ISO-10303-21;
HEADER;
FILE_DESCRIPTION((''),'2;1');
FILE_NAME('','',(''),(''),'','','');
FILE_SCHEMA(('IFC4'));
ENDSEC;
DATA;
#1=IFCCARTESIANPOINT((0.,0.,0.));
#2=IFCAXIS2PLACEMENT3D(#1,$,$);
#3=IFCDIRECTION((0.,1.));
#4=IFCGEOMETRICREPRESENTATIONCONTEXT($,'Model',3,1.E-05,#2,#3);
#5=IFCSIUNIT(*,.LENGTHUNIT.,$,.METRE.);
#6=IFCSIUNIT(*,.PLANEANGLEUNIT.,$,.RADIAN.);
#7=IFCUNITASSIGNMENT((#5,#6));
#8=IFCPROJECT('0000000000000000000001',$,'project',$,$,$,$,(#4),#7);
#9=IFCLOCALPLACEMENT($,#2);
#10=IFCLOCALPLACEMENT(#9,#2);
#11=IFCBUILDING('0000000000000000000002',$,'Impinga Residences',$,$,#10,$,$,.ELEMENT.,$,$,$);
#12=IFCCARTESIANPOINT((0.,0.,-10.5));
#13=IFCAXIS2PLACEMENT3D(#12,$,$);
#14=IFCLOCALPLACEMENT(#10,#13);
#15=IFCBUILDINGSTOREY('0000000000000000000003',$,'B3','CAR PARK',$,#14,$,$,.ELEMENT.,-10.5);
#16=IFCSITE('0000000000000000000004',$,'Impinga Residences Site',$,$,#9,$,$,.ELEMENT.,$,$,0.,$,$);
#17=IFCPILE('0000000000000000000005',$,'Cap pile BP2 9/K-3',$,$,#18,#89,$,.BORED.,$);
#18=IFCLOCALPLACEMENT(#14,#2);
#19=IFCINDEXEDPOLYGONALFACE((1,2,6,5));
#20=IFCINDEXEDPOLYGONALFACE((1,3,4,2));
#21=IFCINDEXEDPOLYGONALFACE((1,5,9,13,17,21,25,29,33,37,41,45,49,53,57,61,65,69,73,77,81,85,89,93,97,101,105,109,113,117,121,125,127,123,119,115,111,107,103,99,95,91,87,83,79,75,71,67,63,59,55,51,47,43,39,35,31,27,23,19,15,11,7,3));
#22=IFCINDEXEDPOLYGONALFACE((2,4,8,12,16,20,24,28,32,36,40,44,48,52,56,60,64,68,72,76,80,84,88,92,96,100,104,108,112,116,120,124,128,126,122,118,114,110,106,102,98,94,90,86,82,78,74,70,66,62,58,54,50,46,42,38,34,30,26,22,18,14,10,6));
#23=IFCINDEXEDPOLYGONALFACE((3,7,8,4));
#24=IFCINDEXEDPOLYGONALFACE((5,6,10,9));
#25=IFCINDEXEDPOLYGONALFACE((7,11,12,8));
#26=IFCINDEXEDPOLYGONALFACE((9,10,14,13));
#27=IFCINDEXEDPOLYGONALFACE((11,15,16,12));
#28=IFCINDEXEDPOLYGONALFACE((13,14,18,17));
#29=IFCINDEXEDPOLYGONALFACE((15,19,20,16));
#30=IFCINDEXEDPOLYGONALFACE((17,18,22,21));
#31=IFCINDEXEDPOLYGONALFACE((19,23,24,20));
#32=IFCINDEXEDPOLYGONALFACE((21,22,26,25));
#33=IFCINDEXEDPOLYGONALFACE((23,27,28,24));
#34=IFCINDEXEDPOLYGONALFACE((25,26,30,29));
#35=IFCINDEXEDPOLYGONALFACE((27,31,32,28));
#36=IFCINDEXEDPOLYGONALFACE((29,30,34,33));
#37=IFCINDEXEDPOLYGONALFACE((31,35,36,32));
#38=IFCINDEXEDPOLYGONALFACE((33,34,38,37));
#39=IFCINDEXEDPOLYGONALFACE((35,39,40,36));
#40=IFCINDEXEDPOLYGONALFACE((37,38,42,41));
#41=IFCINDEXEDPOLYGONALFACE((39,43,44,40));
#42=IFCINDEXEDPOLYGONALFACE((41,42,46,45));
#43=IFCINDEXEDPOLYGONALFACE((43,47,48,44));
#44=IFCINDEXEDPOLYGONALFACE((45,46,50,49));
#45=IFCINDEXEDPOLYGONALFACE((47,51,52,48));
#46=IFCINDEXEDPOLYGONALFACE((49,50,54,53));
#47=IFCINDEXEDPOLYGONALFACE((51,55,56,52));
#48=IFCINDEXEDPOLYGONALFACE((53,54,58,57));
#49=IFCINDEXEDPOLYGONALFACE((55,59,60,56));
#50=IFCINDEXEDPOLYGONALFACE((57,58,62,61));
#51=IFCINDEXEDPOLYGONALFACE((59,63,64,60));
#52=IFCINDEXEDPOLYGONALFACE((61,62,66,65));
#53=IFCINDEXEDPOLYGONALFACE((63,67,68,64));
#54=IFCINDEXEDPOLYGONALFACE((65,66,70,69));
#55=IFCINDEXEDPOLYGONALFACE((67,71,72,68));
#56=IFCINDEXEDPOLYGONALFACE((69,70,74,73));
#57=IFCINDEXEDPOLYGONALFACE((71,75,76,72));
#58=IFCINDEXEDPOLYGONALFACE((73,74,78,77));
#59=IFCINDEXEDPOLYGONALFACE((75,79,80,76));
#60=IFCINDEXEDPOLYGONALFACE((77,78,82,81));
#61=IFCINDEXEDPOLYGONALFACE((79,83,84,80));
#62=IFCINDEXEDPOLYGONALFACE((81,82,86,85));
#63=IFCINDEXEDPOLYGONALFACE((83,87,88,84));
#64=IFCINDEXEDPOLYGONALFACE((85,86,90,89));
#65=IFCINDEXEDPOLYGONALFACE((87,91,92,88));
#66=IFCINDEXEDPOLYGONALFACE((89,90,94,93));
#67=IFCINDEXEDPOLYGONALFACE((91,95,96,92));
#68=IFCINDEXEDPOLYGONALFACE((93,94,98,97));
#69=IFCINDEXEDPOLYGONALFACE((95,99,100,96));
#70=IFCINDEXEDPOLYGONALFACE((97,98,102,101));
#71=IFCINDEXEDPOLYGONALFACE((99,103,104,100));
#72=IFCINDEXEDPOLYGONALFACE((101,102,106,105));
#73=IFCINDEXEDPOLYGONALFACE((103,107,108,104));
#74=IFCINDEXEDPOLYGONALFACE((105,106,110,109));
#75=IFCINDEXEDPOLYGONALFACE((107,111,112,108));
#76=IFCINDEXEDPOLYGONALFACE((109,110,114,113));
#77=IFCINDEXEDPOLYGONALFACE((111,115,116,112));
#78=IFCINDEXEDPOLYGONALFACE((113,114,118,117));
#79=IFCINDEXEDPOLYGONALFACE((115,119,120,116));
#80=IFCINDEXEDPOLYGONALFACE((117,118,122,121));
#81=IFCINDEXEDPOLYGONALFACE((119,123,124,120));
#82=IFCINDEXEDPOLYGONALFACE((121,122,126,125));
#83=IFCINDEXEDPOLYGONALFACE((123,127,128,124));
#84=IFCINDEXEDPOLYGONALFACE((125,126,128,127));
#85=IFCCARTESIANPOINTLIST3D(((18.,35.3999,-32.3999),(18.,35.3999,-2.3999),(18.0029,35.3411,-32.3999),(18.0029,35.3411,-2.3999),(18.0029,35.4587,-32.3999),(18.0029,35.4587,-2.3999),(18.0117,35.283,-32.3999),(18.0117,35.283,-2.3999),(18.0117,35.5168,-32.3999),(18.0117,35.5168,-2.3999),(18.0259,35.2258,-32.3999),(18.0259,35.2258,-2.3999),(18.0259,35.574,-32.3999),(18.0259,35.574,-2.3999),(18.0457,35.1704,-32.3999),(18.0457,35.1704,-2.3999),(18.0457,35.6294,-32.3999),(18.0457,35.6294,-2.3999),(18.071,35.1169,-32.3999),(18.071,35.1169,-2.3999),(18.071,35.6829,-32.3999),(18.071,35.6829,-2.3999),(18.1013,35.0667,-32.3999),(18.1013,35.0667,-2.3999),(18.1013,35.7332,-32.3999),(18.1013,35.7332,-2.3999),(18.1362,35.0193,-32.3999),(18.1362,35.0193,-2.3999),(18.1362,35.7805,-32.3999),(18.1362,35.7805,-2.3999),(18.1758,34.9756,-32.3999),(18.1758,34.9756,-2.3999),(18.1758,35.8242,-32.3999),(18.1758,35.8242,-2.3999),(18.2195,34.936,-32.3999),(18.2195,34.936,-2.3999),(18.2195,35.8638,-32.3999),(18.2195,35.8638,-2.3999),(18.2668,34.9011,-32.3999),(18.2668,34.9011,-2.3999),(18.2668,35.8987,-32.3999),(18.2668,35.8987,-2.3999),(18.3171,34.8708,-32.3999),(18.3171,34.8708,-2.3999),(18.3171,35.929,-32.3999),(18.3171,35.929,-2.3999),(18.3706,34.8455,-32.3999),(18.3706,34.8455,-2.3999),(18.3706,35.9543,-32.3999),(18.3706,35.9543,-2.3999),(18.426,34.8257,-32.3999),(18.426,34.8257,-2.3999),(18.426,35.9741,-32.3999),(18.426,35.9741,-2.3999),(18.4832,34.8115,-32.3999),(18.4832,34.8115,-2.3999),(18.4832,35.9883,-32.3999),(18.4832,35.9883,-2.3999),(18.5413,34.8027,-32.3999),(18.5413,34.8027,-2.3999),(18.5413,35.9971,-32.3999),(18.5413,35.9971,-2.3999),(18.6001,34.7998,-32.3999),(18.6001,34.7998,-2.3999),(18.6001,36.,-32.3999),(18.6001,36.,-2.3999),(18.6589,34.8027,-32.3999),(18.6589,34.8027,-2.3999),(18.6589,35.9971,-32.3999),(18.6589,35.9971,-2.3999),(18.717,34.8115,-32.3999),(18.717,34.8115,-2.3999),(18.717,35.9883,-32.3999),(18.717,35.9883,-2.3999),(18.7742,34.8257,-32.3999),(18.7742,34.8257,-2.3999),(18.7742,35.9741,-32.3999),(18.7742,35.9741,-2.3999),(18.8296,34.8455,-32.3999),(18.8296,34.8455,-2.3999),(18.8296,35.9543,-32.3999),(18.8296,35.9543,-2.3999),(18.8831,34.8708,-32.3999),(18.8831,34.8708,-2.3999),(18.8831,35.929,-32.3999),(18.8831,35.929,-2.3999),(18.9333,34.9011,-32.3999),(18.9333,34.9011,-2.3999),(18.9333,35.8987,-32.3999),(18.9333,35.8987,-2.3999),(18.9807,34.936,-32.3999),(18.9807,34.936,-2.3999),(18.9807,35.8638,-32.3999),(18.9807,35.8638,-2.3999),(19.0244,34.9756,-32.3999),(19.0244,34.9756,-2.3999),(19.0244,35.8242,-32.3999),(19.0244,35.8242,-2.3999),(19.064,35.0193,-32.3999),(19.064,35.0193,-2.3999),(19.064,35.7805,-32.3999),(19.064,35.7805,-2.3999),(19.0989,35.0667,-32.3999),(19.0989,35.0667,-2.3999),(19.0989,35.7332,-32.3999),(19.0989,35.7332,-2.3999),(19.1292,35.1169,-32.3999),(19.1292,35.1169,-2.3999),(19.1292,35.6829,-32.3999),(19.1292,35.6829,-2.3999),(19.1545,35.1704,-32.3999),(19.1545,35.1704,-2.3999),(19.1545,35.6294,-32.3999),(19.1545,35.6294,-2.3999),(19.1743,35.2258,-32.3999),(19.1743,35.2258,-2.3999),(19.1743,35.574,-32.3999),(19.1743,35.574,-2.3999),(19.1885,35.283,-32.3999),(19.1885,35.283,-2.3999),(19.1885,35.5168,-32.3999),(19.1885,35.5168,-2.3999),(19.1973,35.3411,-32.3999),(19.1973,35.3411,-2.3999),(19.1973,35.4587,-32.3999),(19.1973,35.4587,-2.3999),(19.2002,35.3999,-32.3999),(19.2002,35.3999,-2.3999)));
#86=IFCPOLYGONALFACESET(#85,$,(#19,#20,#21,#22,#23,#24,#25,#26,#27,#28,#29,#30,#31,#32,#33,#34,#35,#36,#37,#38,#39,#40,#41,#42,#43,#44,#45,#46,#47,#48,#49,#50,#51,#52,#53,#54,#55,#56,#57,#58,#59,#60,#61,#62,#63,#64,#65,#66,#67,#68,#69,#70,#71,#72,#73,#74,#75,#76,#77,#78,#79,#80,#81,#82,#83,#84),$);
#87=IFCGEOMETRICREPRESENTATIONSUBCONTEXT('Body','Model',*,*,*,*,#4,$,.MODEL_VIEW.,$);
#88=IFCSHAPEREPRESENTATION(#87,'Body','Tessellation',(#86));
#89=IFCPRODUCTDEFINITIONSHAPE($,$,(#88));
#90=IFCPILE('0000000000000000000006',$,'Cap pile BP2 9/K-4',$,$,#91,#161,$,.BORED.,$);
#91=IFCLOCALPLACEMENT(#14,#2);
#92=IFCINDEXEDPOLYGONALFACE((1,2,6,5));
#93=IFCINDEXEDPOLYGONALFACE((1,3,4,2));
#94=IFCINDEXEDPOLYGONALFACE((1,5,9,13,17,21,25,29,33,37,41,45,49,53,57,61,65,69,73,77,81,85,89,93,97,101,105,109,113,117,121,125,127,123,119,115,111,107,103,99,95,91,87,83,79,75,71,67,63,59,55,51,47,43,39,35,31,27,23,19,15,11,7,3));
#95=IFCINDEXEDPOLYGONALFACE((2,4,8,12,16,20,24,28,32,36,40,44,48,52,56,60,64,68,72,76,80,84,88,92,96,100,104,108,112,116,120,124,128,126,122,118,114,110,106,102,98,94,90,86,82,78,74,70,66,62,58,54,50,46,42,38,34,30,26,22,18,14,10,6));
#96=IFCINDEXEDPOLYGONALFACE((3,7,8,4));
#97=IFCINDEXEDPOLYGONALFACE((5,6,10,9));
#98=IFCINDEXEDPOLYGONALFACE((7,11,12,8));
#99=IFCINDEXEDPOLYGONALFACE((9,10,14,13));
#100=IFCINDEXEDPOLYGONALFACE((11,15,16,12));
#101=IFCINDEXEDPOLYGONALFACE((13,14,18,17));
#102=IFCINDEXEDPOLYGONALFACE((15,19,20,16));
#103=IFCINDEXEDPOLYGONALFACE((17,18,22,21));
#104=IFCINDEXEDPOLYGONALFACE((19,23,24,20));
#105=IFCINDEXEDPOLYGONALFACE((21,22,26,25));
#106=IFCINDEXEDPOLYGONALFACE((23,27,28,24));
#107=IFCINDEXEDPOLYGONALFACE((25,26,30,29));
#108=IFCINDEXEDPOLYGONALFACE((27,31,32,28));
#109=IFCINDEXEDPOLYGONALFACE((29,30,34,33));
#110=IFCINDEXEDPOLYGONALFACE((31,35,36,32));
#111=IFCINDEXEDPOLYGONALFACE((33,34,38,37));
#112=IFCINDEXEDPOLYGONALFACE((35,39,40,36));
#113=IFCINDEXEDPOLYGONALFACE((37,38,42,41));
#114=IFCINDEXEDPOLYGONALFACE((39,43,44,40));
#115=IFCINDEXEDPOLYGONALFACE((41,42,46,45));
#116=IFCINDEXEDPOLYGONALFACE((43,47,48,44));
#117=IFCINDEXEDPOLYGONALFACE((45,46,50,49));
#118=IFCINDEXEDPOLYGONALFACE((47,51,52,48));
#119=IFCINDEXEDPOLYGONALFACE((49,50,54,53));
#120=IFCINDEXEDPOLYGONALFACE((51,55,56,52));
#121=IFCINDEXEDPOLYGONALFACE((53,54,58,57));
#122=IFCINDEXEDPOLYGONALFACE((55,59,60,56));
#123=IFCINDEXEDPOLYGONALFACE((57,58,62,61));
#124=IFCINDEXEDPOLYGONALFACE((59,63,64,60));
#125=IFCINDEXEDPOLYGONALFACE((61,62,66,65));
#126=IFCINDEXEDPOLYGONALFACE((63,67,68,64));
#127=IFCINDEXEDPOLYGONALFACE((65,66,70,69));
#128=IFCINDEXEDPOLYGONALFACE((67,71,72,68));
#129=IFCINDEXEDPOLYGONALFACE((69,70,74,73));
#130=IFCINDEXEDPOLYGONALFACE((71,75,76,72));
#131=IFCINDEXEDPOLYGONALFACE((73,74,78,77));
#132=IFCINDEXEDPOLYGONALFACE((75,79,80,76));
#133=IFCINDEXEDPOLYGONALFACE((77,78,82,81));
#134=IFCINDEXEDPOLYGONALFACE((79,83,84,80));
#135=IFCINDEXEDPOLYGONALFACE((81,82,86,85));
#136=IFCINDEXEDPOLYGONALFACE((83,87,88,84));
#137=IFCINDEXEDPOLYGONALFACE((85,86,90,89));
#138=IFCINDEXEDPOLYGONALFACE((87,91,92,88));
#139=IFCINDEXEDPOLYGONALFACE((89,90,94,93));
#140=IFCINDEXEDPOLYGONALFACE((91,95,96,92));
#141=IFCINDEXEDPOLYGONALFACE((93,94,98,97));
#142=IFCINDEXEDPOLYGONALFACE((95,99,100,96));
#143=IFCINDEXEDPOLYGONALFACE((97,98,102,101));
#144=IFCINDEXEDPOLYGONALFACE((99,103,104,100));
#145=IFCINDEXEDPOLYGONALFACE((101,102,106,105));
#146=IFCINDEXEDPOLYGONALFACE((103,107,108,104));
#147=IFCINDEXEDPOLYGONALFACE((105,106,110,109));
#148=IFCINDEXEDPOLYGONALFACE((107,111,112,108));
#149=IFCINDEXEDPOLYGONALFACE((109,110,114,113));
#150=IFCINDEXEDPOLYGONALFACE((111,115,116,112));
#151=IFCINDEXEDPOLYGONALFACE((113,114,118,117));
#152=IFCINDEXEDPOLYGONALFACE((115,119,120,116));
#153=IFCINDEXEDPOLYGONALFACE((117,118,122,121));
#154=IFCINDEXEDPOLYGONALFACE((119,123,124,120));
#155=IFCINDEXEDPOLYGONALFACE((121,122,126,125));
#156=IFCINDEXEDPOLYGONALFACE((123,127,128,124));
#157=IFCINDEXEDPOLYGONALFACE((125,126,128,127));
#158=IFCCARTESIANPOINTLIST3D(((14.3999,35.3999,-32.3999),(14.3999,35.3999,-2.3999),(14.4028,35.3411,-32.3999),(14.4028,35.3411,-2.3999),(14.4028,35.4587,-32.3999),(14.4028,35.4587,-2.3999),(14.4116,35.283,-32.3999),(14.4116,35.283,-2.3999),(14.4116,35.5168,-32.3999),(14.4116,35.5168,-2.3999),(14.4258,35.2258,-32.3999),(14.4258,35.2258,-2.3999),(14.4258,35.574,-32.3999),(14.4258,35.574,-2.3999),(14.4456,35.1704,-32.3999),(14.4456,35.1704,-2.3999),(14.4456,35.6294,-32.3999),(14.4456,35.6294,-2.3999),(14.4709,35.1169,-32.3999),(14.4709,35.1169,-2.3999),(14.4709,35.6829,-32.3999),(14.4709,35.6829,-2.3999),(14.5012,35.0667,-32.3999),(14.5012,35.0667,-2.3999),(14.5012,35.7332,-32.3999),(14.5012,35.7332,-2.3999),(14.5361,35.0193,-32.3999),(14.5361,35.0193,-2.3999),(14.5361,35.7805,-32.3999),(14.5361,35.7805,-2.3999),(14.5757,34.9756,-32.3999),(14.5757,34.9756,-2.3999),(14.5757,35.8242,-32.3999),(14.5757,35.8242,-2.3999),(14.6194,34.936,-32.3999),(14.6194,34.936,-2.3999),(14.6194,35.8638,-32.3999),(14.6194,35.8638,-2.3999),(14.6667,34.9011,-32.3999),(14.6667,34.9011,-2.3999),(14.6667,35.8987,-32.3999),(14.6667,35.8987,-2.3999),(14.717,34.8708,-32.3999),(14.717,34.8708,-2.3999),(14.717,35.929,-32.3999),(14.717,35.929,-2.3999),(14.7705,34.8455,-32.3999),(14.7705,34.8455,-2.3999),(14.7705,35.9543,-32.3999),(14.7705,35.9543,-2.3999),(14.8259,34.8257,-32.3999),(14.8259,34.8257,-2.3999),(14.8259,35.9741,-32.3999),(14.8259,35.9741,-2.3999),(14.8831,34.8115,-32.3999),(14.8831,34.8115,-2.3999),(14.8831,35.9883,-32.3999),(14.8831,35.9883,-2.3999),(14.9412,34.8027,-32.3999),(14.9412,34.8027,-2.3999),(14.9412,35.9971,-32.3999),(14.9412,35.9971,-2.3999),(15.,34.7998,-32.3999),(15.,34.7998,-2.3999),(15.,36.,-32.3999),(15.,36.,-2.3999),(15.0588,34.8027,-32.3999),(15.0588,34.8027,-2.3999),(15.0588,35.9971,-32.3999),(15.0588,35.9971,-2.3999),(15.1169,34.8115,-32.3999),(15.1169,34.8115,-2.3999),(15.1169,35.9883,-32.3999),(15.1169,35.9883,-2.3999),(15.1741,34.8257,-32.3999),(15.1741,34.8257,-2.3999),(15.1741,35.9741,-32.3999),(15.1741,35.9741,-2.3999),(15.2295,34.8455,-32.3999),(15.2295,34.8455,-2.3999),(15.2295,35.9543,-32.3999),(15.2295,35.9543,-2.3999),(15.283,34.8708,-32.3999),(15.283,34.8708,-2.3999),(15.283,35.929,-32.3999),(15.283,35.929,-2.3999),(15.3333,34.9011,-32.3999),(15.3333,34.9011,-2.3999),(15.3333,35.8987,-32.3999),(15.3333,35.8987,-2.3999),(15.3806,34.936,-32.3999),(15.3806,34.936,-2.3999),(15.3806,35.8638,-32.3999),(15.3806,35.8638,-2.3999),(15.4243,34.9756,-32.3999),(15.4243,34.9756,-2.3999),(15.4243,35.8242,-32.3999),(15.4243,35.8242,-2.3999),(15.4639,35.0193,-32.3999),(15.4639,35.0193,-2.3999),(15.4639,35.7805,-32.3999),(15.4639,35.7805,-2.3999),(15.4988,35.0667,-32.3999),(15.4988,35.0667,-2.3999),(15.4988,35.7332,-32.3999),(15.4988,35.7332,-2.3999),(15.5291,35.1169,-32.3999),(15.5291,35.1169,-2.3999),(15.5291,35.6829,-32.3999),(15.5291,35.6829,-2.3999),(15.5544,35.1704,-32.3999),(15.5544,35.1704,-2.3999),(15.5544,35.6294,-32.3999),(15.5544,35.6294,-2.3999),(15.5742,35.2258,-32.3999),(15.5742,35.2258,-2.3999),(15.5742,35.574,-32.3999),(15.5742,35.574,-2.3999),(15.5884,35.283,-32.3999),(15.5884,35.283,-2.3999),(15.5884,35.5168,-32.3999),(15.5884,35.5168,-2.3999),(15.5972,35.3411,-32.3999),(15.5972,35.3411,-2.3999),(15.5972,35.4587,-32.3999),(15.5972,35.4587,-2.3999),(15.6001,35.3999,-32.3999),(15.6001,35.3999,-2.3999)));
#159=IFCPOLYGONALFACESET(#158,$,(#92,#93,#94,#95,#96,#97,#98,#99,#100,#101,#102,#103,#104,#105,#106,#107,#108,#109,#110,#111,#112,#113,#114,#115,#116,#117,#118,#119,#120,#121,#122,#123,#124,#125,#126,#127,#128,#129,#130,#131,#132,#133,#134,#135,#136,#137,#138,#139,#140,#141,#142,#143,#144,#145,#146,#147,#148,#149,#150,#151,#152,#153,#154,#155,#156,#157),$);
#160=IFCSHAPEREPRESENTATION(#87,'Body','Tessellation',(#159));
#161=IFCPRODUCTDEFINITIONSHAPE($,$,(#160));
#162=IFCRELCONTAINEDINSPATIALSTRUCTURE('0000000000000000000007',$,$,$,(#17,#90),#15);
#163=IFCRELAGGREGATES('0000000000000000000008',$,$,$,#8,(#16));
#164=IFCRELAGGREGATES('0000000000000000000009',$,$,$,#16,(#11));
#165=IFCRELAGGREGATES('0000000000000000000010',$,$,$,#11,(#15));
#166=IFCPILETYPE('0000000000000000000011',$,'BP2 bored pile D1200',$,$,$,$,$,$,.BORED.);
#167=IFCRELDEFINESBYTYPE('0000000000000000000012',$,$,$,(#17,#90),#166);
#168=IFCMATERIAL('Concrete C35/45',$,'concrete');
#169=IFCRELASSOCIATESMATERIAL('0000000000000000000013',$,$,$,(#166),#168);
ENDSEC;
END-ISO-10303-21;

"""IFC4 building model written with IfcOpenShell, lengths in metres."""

from ifc_helpers import new_model, si_unit, direction, frame, origin, origin_2d, place, context, subcontext, project, spatial, polyline, circle, outline, extrude, material, material_profile, profile_set, type_object, element, save


model = new_model("IFC4")

# Units and contexts
model_context = context("Model", 3, precision=1e-05, world=origin(), true_north=direction((0.0, 1.0)))
body_context = subcontext(model_context, "Body", "Model", "MODEL_VIEW")
ifc_project = project(units=[si_unit("LENGTHUNIT", "METRE"), si_unit("PLANEANGLEUNIT", "RADIAN")], contexts=[model_context])

# Site, building, storey
site_placement = place(None, origin())
site = spatial("IfcSite", under=ifc_project, at=site_placement, Name="Impinga Residences Site", CompositionType="ELEMENT", RefElevation=0.0)
building_placement = place(site_placement, origin())
building = spatial("IfcBuilding", under=site, at=building_placement, Name="Impinga Residences", CompositionType="ELEMENT")
storey_placement = place(building_placement, frame((0.0, 0.0, -10.5)))
storey = spatial("IfcBuildingStorey", under=building, at=storey_placement, Name="B3", Description="CAR PARK", CompositionType="ELEMENT", Elevation=-10.5)

# Piles
ifc_material_1 = material(Name="Concrete C35/45", Category="concrete")
ifc_material_profile_1 = material_profile(ifc_material_1, circle(Radius=0.6001, at=origin_2d()), Name="D1200")
ifc_profile_set_1 = profile_set([ifc_material_profile_1], Name="Concrete C35/45")
pile_type_1 = type_object("IfcPileType", Name="BP2 bored pile D1200", PredefinedType="BORED", material=ifc_profile_set_1)
pile_1_placement = place(storey_placement, frame((18.6001, 35.3999, -2.3999), z_axis=(0.0, 0.0, -1.0), x_axis=(1.0, 0.0, 0.0)))
element("IfcPile", 1, at=pile_1_placement, inside=storey, type_object=pile_type_1, Name="Cap pile BP2 9/K-3", PredefinedType="BORED", context=body_context, shape_type="SweptSolid", body=[
    extrude(outline(polyline([(0.6001, 0.0), (0.5972, 0.0588), (0.5884, 0.1169), (0.5742, 0.1741), (0.5544, 0.2295), (0.5291, 0.283), (0.4988, 0.3333), (0.4639, 0.3806), (0.4243, 0.4243), (0.3806, 0.4639), (0.3333, 0.4988), (0.283, 0.5291), (0.2295, 0.5544), (0.1741, 0.5742), (0.1169, 0.5884), (0.0588, 0.5972), (0.0, 0.6001), (-0.0588, 0.5972), (-0.1169, 0.5884), (-0.1741, 0.5742), (-0.2295, 0.5544), (-0.283, 0.5291), (-0.3333, 0.4988), (-0.3806, 0.4639), (-0.4243, 0.4243), (-0.4639, 0.3806), (-0.4988, 0.3333), (-0.5291, 0.283), (-0.5544, 0.2295), (-0.5742, 0.1741), (-0.5884, 0.1169), (-0.5972, 0.0588), (-0.6001, 0.0), (-0.5972, -0.0588), (-0.5884, -0.1169), (-0.5742, -0.1741), (-0.5544, -0.2295), (-0.5291, -0.283), (-0.4988, -0.3333), (-0.4639, -0.3806), (-0.4243, -0.4243), (-0.3806, -0.4639), (-0.3333, -0.4988), (-0.283, -0.5291), (-0.2295, -0.5544), (-0.1741, -0.5742), (-0.1169, -0.5884), (-0.0588, -0.5972), (0.0, -0.6001), (0.0588, -0.5972), (0.1169, -0.5884), (0.1741, -0.5742), (0.2295, -0.5544), (0.283, -0.5291), (0.3333, -0.4988), (0.3806, -0.4639), (0.4243, -0.4243), (0.4639, -0.3806), (0.4988, -0.3333), (0.5291, -0.283), (0.5544, -0.2295), (0.5742, -0.1741), (0.5884, -0.1169), (0.5972, -0.0588), (0.6001, 0.0)])), origin(), (0.0, 0.0, 1.0), 30.0),
])
pile_2_placement = place(storey_placement, frame((15.0, 35.3999, -2.3999), z_axis=(0.0, 0.0, -1.0), x_axis=(1.0, 0.0, 0.0)))
element("IfcPile", 2, at=pile_2_placement, inside=storey, type_object=pile_type_1, Name="Cap pile BP2 9/K-4", PredefinedType="BORED", context=body_context, shape_type="SweptSolid", body=[
    extrude(outline(polyline([(0.6001, 0.0), (0.5972, 0.0588), (0.5884, 0.1169), (0.5742, 0.1741), (0.5544, 0.2295), (0.5291, 0.283), (0.4988, 0.3333), (0.4639, 0.3806), (0.4243, 0.4243), (0.3806, 0.4639), (0.3333, 0.4988), (0.283, 0.5291), (0.2295, 0.5544), (0.1741, 0.5742), (0.1169, 0.5884), (0.0588, 0.5972), (0.0, 0.6001), (-0.0588, 0.5972), (-0.1169, 0.5884), (-0.1741, 0.5742), (-0.2295, 0.5544), (-0.283, 0.5291), (-0.3333, 0.4988), (-0.3806, 0.4639), (-0.4243, 0.4243), (-0.4639, 0.3806), (-0.4988, 0.3333), (-0.5291, 0.283), (-0.5544, 0.2295), (-0.5742, 0.1741), (-0.5884, 0.1169), (-0.5972, 0.0588), (-0.6001, 0.0), (-0.5972, -0.0588), (-0.5884, -0.1169), (-0.5742, -0.1741), (-0.5544, -0.2295), (-0.5291, -0.283), (-0.4988, -0.3333), (-0.4639, -0.3806), (-0.4243, -0.4243), (-0.3806, -0.4639), (-0.3333, -0.4988), (-0.283, -0.5291), (-0.2295, -0.5544), (-0.1741, -0.5742), (-0.1169, -0.5884), (-0.0588, -0.5972), (0.0, -0.6001), (0.0588, -0.5972), (0.1169, -0.5884), (0.1741, -0.5742), (0.2295, -0.5544), (0.283, -0.5291), (0.3333, -0.4988), (0.3806, -0.4639), (0.4243, -0.4243), (0.4639, -0.3806), (0.4988, -0.3333), (0.5291, -0.283), (0.5544, -0.2295), (0.5742, -0.1741), (0.5884, -0.1169), (0.5972, -0.0588), (0.6001, 0.0)])), origin(), (0.0, 0.0, 1.0), 30.0),
])

save(model, "model.ifc")
